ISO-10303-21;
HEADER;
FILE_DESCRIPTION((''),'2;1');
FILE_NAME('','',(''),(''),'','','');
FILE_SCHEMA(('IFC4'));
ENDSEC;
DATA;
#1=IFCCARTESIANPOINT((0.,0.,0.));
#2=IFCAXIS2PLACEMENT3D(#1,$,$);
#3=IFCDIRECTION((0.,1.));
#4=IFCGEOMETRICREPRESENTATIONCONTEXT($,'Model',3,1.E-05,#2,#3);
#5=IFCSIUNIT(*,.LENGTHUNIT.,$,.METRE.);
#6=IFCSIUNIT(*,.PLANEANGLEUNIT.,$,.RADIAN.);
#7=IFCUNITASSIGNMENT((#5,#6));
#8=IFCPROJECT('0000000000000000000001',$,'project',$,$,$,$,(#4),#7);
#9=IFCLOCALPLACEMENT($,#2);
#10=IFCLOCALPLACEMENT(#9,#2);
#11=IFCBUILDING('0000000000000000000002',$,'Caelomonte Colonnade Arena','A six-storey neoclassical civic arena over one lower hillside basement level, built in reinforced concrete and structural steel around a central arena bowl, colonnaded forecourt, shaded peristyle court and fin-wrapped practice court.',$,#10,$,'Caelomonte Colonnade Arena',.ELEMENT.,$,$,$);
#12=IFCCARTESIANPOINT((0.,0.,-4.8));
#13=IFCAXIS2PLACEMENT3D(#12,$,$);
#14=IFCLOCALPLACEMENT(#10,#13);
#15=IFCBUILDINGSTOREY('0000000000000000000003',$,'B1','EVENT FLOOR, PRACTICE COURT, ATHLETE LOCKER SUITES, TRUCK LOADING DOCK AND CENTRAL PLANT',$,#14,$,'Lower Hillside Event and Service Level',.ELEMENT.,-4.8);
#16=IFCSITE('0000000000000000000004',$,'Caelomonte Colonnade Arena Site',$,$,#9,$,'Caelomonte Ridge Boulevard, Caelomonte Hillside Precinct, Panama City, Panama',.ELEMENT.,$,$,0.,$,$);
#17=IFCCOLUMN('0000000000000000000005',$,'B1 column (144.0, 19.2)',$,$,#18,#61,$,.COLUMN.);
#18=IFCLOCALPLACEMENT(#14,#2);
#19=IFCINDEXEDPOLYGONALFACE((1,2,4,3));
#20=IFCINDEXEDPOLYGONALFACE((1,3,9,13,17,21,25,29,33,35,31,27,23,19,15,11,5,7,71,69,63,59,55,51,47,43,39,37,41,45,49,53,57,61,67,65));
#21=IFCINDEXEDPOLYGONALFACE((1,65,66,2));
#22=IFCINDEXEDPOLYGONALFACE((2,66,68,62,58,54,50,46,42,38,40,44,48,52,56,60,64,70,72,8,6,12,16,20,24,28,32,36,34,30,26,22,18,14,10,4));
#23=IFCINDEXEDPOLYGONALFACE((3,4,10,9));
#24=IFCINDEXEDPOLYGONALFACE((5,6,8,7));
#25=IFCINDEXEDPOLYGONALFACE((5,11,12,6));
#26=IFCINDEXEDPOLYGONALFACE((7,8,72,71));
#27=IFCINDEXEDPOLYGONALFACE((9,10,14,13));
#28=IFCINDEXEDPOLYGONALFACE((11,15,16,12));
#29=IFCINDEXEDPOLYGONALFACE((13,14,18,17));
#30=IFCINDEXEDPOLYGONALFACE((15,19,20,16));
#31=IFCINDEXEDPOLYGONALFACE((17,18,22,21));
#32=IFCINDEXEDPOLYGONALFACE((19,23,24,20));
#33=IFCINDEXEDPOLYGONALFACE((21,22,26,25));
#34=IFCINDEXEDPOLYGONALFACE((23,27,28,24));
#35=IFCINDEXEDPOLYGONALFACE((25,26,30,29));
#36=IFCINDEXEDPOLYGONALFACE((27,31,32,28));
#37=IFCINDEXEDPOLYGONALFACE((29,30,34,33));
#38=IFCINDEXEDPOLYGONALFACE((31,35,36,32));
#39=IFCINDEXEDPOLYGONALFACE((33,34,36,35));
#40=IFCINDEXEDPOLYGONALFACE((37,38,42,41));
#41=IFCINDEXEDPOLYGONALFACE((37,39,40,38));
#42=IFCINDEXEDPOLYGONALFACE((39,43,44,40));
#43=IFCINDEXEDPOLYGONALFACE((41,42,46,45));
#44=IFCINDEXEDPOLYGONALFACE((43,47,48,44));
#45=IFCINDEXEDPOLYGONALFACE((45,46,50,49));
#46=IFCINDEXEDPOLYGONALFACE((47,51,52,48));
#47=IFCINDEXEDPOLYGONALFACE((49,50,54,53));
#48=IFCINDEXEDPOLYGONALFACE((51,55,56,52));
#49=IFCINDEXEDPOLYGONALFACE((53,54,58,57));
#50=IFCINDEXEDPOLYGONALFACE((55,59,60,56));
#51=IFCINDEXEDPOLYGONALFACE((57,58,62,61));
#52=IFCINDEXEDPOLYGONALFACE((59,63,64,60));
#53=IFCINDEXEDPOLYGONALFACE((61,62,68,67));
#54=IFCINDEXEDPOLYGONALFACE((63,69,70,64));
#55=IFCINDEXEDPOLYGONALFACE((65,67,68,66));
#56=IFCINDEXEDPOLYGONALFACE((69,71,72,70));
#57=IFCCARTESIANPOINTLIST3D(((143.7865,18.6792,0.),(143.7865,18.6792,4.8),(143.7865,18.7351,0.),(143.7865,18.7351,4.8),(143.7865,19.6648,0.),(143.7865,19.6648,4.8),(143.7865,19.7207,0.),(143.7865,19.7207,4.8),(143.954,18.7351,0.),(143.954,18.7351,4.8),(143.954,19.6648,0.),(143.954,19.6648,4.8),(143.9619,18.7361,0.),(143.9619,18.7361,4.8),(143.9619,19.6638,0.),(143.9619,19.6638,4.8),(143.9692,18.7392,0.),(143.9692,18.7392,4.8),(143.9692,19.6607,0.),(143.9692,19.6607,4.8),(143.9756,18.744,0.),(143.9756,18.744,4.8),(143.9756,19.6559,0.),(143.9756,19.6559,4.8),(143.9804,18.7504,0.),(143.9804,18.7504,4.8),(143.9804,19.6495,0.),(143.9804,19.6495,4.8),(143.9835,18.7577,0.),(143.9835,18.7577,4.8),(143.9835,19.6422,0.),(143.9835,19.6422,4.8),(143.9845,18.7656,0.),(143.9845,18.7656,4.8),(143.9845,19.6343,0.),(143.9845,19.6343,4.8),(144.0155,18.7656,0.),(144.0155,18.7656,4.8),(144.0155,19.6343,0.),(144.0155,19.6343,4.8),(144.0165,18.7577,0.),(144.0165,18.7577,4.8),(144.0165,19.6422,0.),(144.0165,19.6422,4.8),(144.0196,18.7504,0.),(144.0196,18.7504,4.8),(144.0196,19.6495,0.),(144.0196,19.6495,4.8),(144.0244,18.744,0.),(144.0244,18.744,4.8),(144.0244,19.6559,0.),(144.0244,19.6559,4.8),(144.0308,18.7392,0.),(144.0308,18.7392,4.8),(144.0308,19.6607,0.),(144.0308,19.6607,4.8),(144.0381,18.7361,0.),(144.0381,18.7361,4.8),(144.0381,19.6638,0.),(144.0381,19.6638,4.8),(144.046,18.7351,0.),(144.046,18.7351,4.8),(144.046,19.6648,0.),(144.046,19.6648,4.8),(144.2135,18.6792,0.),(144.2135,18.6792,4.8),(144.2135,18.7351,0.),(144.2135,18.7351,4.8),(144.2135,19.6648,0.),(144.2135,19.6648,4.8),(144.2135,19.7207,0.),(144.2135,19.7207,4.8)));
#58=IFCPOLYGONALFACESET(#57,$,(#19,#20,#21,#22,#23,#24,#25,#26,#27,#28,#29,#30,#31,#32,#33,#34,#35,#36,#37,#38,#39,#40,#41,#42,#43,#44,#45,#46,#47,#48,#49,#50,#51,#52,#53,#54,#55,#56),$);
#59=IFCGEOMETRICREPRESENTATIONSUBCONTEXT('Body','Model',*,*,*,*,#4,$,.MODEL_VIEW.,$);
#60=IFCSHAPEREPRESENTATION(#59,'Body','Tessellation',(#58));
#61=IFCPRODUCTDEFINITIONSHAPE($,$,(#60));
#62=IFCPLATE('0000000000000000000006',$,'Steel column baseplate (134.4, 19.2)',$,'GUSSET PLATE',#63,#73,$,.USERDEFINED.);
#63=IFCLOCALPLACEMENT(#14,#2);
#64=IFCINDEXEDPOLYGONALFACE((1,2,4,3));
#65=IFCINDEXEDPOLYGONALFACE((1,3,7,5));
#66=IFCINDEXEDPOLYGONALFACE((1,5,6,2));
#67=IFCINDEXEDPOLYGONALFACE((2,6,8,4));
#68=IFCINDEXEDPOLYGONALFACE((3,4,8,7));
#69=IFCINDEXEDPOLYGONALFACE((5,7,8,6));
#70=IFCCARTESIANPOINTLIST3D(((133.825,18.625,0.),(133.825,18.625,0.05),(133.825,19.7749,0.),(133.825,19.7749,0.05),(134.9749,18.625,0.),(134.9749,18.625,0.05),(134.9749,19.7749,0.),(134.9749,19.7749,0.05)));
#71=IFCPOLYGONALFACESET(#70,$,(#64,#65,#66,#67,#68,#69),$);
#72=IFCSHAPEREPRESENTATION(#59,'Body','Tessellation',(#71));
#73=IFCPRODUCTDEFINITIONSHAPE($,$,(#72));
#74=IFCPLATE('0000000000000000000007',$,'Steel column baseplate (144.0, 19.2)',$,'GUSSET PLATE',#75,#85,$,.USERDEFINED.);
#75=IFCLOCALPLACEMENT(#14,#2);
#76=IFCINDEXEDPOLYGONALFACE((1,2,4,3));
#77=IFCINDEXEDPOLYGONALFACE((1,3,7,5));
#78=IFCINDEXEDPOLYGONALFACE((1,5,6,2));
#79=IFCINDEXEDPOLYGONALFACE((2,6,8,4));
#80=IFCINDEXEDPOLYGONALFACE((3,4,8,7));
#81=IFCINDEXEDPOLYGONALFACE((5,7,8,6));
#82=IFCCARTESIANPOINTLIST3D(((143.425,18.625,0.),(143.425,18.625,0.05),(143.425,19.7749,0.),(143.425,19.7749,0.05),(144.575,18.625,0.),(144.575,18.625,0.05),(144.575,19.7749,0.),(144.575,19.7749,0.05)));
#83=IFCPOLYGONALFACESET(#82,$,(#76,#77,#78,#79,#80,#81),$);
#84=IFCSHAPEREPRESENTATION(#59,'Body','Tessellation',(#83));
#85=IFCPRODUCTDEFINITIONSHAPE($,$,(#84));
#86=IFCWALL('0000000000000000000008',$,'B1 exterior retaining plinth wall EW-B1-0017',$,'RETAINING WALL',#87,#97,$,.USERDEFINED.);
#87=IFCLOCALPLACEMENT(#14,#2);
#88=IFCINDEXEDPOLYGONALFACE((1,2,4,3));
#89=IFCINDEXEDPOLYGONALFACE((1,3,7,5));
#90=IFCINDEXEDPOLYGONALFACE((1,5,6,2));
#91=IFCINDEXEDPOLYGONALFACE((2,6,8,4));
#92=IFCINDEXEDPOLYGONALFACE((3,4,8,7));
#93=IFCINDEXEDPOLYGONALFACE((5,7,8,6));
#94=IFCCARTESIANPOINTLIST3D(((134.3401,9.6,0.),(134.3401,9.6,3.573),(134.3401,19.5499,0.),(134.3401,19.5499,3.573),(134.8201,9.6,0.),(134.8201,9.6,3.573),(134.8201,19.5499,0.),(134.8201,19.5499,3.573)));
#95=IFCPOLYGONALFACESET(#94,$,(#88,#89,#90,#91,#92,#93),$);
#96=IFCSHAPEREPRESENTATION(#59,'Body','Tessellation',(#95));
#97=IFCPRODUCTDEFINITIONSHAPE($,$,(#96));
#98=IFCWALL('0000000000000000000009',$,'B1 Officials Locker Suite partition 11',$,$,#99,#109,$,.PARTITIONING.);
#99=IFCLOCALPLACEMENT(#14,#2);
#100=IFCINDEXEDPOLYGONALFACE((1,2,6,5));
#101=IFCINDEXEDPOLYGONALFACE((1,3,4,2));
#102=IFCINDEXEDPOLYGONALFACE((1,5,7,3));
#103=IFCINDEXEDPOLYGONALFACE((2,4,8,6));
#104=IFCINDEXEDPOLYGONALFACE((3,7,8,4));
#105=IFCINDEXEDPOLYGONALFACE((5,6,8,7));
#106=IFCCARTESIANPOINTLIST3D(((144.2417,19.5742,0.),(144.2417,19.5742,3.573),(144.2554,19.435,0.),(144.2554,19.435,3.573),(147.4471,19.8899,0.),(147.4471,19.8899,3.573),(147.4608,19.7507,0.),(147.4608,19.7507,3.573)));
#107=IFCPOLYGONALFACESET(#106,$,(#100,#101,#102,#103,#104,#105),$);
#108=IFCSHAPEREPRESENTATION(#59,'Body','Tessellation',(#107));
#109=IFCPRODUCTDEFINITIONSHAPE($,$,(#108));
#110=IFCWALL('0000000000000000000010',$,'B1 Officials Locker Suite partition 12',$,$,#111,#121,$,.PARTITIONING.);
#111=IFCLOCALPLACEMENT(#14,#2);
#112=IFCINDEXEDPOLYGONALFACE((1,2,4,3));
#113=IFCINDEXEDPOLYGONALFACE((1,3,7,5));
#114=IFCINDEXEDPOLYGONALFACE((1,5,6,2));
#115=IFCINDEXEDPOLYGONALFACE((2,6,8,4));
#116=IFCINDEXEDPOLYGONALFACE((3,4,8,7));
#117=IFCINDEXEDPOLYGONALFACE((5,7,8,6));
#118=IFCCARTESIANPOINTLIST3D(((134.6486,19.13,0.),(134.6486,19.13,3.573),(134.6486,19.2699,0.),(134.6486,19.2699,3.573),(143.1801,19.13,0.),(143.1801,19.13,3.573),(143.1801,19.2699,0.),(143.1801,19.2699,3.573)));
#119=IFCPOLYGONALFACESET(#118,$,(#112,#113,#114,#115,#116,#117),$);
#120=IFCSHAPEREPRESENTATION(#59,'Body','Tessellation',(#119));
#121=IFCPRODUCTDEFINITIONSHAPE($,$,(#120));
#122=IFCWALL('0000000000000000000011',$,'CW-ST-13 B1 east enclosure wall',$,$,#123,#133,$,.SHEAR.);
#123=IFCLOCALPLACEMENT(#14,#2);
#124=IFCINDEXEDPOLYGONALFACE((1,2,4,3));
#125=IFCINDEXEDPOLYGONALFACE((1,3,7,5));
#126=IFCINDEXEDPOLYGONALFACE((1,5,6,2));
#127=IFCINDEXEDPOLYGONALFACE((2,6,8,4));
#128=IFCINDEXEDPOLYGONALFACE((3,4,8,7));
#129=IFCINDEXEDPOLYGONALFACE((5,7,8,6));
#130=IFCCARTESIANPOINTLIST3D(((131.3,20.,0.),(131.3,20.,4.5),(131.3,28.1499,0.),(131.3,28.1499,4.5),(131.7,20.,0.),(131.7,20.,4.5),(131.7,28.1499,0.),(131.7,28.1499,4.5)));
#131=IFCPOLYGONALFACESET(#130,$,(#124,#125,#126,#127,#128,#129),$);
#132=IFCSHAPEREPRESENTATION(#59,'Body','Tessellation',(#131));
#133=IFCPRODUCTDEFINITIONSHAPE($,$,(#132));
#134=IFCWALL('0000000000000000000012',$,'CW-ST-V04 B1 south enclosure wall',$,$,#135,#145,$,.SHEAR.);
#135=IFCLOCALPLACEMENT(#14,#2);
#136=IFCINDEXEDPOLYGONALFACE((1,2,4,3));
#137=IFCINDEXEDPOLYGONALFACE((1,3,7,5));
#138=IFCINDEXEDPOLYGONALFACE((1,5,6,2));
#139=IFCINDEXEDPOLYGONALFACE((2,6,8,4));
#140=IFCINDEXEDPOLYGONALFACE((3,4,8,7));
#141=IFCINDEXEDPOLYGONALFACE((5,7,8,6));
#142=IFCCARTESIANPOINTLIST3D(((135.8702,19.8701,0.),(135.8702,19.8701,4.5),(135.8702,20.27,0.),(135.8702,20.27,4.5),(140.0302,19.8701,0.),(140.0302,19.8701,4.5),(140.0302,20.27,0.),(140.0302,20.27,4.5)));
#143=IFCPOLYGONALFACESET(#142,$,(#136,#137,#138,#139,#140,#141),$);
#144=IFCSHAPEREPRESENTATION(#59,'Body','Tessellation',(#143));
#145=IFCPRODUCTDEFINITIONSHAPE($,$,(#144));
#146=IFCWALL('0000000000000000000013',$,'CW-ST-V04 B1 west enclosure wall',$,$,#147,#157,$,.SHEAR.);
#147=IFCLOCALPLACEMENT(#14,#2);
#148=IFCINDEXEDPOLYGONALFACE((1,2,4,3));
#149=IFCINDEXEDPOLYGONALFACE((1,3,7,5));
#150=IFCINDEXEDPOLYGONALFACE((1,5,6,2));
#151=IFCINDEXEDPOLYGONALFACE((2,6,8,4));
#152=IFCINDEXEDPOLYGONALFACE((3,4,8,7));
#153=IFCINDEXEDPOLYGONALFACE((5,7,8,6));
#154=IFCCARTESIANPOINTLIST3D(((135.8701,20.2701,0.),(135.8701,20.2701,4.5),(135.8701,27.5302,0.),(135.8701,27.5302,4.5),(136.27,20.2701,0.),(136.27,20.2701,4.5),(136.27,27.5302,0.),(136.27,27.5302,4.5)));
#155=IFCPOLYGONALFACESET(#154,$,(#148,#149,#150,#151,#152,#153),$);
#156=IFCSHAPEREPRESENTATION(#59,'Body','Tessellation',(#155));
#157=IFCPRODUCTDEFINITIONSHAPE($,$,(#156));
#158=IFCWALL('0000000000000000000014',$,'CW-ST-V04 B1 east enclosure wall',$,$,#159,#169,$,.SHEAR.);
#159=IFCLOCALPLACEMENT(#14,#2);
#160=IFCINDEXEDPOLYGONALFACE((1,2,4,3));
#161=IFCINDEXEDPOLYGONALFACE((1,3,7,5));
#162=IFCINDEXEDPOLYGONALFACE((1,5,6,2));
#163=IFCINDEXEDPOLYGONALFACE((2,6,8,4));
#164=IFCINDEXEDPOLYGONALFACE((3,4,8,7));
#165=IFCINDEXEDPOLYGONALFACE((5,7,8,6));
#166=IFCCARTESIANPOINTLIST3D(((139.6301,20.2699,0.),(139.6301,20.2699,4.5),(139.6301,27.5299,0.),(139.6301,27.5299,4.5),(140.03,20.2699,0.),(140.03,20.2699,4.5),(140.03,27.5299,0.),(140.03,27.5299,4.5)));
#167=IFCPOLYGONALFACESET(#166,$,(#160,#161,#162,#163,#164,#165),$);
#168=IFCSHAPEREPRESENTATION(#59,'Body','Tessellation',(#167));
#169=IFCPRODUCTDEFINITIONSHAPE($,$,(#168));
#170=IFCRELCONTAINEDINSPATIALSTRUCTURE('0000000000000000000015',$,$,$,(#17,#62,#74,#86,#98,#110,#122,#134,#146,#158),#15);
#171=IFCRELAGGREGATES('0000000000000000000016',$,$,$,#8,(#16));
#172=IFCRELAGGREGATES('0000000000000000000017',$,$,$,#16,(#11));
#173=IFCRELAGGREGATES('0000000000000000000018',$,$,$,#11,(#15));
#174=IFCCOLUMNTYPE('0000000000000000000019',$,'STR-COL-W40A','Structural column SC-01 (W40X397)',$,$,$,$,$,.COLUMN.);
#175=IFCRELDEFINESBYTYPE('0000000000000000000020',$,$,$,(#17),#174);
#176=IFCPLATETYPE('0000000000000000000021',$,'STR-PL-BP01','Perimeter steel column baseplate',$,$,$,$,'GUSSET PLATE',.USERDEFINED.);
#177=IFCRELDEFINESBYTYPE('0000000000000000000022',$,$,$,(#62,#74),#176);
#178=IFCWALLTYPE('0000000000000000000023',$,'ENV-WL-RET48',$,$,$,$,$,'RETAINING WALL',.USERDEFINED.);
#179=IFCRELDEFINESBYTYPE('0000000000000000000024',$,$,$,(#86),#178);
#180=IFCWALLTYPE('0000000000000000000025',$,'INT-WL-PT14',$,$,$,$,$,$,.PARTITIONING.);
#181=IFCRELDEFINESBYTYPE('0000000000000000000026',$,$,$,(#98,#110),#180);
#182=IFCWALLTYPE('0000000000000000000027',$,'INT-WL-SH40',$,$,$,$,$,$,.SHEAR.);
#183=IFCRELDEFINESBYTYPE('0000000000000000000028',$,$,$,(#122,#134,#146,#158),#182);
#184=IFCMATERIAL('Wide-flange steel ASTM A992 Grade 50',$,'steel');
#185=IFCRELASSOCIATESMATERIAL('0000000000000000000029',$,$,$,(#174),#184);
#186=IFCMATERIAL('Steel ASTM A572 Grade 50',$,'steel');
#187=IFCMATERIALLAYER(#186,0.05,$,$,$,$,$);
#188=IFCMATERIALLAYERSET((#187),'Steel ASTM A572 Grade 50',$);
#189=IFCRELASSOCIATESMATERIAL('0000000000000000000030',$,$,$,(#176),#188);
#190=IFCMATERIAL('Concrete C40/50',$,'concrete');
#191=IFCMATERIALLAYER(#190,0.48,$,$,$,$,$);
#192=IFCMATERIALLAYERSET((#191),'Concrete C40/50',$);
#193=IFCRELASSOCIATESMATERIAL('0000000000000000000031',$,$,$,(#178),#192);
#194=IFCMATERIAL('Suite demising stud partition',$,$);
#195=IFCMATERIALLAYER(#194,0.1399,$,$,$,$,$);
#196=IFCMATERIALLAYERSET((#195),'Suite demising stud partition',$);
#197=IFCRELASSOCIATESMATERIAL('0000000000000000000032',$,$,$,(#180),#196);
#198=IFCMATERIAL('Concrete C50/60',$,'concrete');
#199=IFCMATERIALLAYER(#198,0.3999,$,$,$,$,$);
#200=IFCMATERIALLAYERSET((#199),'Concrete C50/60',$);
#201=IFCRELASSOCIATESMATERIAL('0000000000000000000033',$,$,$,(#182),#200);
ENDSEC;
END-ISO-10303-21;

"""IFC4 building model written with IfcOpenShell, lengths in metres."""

from ifc_helpers import new_model, si_unit, direction, frame, frame_2d, origin, origin_2d, place, context, subcontext, project, spatial, rectangle, i_section, extrude, material, layer, layer_set, material_profile, profile_set, type_object, element, save


model = new_model("IFC4")

# Units and contexts
model_context = context("Model", 3, precision=1e-05, world=origin(), true_north=direction((0.0, 1.0)))
body_context = subcontext(model_context, "Body", "Model", "MODEL_VIEW")
ifc_project = project(units=[si_unit("LENGTHUNIT", "METRE"), si_unit("PLANEANGLEUNIT", "RADIAN")], contexts=[model_context])

# Site, building, storey
site_placement = place(None, origin())
site = spatial("IfcSite", under=ifc_project, at=site_placement, Name="Caelomonte Colonnade Arena Site", LongName="Caelomonte Ridge Boulevard, Caelomonte Hillside Precinct, Panama City, Panama", CompositionType="ELEMENT", RefElevation=0.0)
building_placement = place(site_placement, origin())
building = spatial("IfcBuilding", under=site, at=building_placement, Name="Caelomonte Colonnade Arena", Description="A six-storey neoclassical civic arena over one lower hillside basement level, built in reinforced concrete and structural steel around a central arena bowl, colonnaded forecourt, shaded peristyle court and fin-wrapped practice court.", LongName="Caelomonte Colonnade Arena", CompositionType="ELEMENT")
storey_placement = place(building_placement, frame((0.0, 0.0, -4.8)))
storey = spatial("IfcBuildingStorey", under=building, at=storey_placement, Name="B1", Description="EVENT FLOOR, PRACTICE COURT, ATHLETE LOCKER SUITES, TRUCK LOADING DOCK AND CENTRAL PLANT", LongName="Lower Hillside Event and Service Level", CompositionType="ELEMENT", Elevation=-4.8)

# Shared definitions
ifc_material_1 = material(Name="Concrete C40/50", Category="concrete")

# Column
ifc_material_2 = material(Name="Wide-flange steel ASTM A992 Grade 50", Category="steel")
ifc_material_profile_1 = material_profile(ifc_material_2, i_section(OverallWidth=0.427, OverallDepth=1.0415, WebThickness=0.031, FlangeThickness=0.0559, FilletRadius=0.0305, at=origin_2d()), Name="W40X397")
ifc_profile_set_1 = profile_set([ifc_material_profile_1], Name="Wide-flange steel ASTM A992 Grade 50")
column_type_1 = type_object("IfcColumnType", Name="STR-COL-W40A", Description="Structural column SC-01 (W40X397)", PredefinedType="COLUMN", material=ifc_profile_set_1)
for number, where, z_axis, x_axis, name in (
    (1, (144.0, 19.2, 0.0), (0.0, 0.0, 1.0), (1.0, 0.0, 0.0), "B1 column (144.0, 19.2)"),
):
    element("IfcColumn", number, at=place(storey_placement, frame(where, z_axis=z_axis, x_axis=x_axis)), inside=storey, type_object=column_type_1, Name=name, PredefinedType="COLUMN", context=body_context, shape_type="SweptSolid", body=[
        extrude(i_section(OverallWidth=0.427, OverallDepth=1.0415, WebThickness=0.031, FlangeThickness=0.0559, FilletRadius=0.0305, at=origin_2d()), origin(), (0.0, 0.0, 1.0), 4.8),
    ])

# Plates
ifc_material_3 = material(Name="Steel ASTM A572 Grade 50", Category="steel")
ifc_layer_1 = layer(ifc_material_3, 0.05)
ifc_layer_set_1 = layer_set([ifc_layer_1], Name="Steel ASTM A572 Grade 50")
plate_type = type_object("IfcPlateType", Name="STR-PL-BP01", Description="Perimeter steel column baseplate", ElementType="GUSSET PLATE", PredefinedType="USERDEFINED", material=ifc_layer_set_1)
for number, where, z_axis, x_axis, name in (
    (2, (134.3999, 19.2, 0.0), (0.0, 0.0, 1.0), (1.0, 0.0, 0.0), "Steel column baseplate (134.4, 19.2)"),
    (3, (144.0, 19.2, 0.0), (0.0, 0.0, 1.0), (1.0, 0.0, 0.0), "Steel column baseplate (144.0, 19.2)"),
):
    element("IfcPlate", number, at=place(storey_placement, frame(where, z_axis=z_axis, x_axis=x_axis)), inside=storey, type_object=plate_type, Name=name, ObjectType="GUSSET PLATE", PredefinedType="USERDEFINED", context=body_context, shape_type="SweptSolid", body=[
        extrude(rectangle(XDim=1.1499, YDim=1.1499, at=origin_2d()), origin(), (0.0, 0.0, 1.0), 0.05),
    ])

# Walls
ifc_layer_2 = layer(ifc_material_1, 0.48)
ifc_layer_set_2 = layer_set([ifc_layer_2], Name="Concrete C40/50")
wall_type_1 = type_object("IfcWallType", Name="ENV-WL-RET48", ElementType="RETAINING WALL", PredefinedType="USERDEFINED", material=ifc_layer_set_2)
wall_1_placement = place(storey_placement, frame((134.5801, 19.55, 0.0), z_axis=(0.0, 0.0, 1.0), x_axis=(0.0, -1.0, 0.0)))
element("IfcWall", 4, at=wall_1_placement, inside=storey, type_object=wall_type_1, Name="B1 exterior retaining plinth wall EW-B1-0017", ObjectType="RETAINING WALL", PredefinedType="USERDEFINED", context=body_context, shape_type="SweptSolid", body=[
    extrude(rectangle(XDim=9.95, YDim=0.48, at=frame_2d((4.9751, 0.0))), origin(), (0.0, 0.0, 1.0), 3.573),
])
ifc_material_4 = material(Name="Suite demising stud partition")
ifc_layer_3 = layer(ifc_material_4, 0.1399)
ifc_layer_set_3 = layer_set([ifc_layer_3], Name="Suite demising stud partition")
wall_type_2 = type_object("IfcWallType", Name="INT-WL-PT14", PredefinedType="PARTITIONING", material=ifc_layer_set_3)
wall_2_placement = place(storey_placement, frame((147.4539, 19.8203, 0.0), z_axis=(0.0, 0.0, 1.0), x_axis=(-0.995185, -0.09801, 0.0)))
element("IfcWall", 5, at=wall_2_placement, inside=storey, type_object=wall_type_2, Name="B1 Officials Locker Suite partition 11", PredefinedType="PARTITIONING", context=body_context, shape_type="SweptSolid", body=[
    extrude(rectangle(XDim=3.2209, YDim=0.1399, at=frame_2d((1.6104, 0.0))), origin(), (0.0, 0.0, 1.0), 3.573),
])
wall_3_placement = place(storey_placement, frame((143.1799, 19.2, 0.0), z_axis=(0.0, 0.0, 1.0), x_axis=(-1.0, 0.0, 0.0)))
element("IfcWall", 6, at=wall_3_placement, inside=storey, type_object=wall_type_2, Name="B1 Officials Locker Suite partition 12", PredefinedType="PARTITIONING", context=body_context, shape_type="SweptSolid", body=[
    extrude(rectangle(XDim=8.5315, YDim=0.1399, at=frame_2d((4.2656, 0.0))), origin(), (0.0, 0.0, 1.0), 3.573),
])
ifc_material_5 = material(Name="Concrete C50/60", Category="concrete")
ifc_layer_4 = layer(ifc_material_5, 0.3999)
ifc_layer_set_4 = layer_set([ifc_layer_4], Name="Concrete C50/60")
wall_type_3 = type_object("IfcWallType", Name="INT-WL-SH40", PredefinedType="SHEAR", material=ifc_layer_set_4)
wall_4_placement = place(storey_placement, frame((131.5, 20.0, 0.0), z_axis=(0.0, 0.0, 1.0), x_axis=(0.0, 1.0, 0.0)))
element("IfcWall", 7, at=wall_4_placement, inside=storey, type_object=wall_type_3, Name="CW-ST-13 B1 east enclosure wall", PredefinedType="SHEAR", context=body_context, shape_type="SweptSolid", body=[
    extrude(rectangle(XDim=8.1499, YDim=0.3999, at=frame_2d((4.075, 0.0))), origin(), (0.0, 0.0, 1.0), 4.5),
])
wall_5_placement = place(storey_placement, frame((135.8701, 20.0701, 0.0), z_axis=(0.0, 0.0, 1.0), x_axis=(1.0, 0.0, 0.0)))
element("IfcWall", 8, at=wall_5_placement, inside=storey, type_object=wall_type_3, Name="CW-ST-V04 B1 south enclosure wall", PredefinedType="SHEAR", context=body_context, shape_type="SweptSolid", body=[
    extrude(rectangle(XDim=4.1599, YDim=0.3999, at=frame_2d((2.0801, 0.0))), origin(), (0.0, 0.0, 1.0), 4.5),
])
for number, where, z_axis, x_axis, name in (
    (9, (136.0701, 27.53, 0.0), (0.0, 0.0, 1.0), (0.0, -1.0, 0.0), "CW-ST-V04 B1 west enclosure wall"),
    (10, (139.8301, 20.27, 0.0), (0.0, 0.0, 1.0), (0.0, 1.0, 0.0), "CW-ST-V04 B1 east enclosure wall"),
):
    element("IfcWall", number, at=place(storey_placement, frame(where, z_axis=z_axis, x_axis=x_axis)), inside=storey, type_object=wall_type_3, Name=name, PredefinedType="SHEAR", context=body_context, shape_type="SweptSolid", body=[
        extrude(rectangle(XDim=7.26, YDim=0.3999, at=frame_2d((3.6299, 0.0))), origin(), (0.0, 0.0, 1.0), 4.5),
    ])

save(model, "model.ifc")
